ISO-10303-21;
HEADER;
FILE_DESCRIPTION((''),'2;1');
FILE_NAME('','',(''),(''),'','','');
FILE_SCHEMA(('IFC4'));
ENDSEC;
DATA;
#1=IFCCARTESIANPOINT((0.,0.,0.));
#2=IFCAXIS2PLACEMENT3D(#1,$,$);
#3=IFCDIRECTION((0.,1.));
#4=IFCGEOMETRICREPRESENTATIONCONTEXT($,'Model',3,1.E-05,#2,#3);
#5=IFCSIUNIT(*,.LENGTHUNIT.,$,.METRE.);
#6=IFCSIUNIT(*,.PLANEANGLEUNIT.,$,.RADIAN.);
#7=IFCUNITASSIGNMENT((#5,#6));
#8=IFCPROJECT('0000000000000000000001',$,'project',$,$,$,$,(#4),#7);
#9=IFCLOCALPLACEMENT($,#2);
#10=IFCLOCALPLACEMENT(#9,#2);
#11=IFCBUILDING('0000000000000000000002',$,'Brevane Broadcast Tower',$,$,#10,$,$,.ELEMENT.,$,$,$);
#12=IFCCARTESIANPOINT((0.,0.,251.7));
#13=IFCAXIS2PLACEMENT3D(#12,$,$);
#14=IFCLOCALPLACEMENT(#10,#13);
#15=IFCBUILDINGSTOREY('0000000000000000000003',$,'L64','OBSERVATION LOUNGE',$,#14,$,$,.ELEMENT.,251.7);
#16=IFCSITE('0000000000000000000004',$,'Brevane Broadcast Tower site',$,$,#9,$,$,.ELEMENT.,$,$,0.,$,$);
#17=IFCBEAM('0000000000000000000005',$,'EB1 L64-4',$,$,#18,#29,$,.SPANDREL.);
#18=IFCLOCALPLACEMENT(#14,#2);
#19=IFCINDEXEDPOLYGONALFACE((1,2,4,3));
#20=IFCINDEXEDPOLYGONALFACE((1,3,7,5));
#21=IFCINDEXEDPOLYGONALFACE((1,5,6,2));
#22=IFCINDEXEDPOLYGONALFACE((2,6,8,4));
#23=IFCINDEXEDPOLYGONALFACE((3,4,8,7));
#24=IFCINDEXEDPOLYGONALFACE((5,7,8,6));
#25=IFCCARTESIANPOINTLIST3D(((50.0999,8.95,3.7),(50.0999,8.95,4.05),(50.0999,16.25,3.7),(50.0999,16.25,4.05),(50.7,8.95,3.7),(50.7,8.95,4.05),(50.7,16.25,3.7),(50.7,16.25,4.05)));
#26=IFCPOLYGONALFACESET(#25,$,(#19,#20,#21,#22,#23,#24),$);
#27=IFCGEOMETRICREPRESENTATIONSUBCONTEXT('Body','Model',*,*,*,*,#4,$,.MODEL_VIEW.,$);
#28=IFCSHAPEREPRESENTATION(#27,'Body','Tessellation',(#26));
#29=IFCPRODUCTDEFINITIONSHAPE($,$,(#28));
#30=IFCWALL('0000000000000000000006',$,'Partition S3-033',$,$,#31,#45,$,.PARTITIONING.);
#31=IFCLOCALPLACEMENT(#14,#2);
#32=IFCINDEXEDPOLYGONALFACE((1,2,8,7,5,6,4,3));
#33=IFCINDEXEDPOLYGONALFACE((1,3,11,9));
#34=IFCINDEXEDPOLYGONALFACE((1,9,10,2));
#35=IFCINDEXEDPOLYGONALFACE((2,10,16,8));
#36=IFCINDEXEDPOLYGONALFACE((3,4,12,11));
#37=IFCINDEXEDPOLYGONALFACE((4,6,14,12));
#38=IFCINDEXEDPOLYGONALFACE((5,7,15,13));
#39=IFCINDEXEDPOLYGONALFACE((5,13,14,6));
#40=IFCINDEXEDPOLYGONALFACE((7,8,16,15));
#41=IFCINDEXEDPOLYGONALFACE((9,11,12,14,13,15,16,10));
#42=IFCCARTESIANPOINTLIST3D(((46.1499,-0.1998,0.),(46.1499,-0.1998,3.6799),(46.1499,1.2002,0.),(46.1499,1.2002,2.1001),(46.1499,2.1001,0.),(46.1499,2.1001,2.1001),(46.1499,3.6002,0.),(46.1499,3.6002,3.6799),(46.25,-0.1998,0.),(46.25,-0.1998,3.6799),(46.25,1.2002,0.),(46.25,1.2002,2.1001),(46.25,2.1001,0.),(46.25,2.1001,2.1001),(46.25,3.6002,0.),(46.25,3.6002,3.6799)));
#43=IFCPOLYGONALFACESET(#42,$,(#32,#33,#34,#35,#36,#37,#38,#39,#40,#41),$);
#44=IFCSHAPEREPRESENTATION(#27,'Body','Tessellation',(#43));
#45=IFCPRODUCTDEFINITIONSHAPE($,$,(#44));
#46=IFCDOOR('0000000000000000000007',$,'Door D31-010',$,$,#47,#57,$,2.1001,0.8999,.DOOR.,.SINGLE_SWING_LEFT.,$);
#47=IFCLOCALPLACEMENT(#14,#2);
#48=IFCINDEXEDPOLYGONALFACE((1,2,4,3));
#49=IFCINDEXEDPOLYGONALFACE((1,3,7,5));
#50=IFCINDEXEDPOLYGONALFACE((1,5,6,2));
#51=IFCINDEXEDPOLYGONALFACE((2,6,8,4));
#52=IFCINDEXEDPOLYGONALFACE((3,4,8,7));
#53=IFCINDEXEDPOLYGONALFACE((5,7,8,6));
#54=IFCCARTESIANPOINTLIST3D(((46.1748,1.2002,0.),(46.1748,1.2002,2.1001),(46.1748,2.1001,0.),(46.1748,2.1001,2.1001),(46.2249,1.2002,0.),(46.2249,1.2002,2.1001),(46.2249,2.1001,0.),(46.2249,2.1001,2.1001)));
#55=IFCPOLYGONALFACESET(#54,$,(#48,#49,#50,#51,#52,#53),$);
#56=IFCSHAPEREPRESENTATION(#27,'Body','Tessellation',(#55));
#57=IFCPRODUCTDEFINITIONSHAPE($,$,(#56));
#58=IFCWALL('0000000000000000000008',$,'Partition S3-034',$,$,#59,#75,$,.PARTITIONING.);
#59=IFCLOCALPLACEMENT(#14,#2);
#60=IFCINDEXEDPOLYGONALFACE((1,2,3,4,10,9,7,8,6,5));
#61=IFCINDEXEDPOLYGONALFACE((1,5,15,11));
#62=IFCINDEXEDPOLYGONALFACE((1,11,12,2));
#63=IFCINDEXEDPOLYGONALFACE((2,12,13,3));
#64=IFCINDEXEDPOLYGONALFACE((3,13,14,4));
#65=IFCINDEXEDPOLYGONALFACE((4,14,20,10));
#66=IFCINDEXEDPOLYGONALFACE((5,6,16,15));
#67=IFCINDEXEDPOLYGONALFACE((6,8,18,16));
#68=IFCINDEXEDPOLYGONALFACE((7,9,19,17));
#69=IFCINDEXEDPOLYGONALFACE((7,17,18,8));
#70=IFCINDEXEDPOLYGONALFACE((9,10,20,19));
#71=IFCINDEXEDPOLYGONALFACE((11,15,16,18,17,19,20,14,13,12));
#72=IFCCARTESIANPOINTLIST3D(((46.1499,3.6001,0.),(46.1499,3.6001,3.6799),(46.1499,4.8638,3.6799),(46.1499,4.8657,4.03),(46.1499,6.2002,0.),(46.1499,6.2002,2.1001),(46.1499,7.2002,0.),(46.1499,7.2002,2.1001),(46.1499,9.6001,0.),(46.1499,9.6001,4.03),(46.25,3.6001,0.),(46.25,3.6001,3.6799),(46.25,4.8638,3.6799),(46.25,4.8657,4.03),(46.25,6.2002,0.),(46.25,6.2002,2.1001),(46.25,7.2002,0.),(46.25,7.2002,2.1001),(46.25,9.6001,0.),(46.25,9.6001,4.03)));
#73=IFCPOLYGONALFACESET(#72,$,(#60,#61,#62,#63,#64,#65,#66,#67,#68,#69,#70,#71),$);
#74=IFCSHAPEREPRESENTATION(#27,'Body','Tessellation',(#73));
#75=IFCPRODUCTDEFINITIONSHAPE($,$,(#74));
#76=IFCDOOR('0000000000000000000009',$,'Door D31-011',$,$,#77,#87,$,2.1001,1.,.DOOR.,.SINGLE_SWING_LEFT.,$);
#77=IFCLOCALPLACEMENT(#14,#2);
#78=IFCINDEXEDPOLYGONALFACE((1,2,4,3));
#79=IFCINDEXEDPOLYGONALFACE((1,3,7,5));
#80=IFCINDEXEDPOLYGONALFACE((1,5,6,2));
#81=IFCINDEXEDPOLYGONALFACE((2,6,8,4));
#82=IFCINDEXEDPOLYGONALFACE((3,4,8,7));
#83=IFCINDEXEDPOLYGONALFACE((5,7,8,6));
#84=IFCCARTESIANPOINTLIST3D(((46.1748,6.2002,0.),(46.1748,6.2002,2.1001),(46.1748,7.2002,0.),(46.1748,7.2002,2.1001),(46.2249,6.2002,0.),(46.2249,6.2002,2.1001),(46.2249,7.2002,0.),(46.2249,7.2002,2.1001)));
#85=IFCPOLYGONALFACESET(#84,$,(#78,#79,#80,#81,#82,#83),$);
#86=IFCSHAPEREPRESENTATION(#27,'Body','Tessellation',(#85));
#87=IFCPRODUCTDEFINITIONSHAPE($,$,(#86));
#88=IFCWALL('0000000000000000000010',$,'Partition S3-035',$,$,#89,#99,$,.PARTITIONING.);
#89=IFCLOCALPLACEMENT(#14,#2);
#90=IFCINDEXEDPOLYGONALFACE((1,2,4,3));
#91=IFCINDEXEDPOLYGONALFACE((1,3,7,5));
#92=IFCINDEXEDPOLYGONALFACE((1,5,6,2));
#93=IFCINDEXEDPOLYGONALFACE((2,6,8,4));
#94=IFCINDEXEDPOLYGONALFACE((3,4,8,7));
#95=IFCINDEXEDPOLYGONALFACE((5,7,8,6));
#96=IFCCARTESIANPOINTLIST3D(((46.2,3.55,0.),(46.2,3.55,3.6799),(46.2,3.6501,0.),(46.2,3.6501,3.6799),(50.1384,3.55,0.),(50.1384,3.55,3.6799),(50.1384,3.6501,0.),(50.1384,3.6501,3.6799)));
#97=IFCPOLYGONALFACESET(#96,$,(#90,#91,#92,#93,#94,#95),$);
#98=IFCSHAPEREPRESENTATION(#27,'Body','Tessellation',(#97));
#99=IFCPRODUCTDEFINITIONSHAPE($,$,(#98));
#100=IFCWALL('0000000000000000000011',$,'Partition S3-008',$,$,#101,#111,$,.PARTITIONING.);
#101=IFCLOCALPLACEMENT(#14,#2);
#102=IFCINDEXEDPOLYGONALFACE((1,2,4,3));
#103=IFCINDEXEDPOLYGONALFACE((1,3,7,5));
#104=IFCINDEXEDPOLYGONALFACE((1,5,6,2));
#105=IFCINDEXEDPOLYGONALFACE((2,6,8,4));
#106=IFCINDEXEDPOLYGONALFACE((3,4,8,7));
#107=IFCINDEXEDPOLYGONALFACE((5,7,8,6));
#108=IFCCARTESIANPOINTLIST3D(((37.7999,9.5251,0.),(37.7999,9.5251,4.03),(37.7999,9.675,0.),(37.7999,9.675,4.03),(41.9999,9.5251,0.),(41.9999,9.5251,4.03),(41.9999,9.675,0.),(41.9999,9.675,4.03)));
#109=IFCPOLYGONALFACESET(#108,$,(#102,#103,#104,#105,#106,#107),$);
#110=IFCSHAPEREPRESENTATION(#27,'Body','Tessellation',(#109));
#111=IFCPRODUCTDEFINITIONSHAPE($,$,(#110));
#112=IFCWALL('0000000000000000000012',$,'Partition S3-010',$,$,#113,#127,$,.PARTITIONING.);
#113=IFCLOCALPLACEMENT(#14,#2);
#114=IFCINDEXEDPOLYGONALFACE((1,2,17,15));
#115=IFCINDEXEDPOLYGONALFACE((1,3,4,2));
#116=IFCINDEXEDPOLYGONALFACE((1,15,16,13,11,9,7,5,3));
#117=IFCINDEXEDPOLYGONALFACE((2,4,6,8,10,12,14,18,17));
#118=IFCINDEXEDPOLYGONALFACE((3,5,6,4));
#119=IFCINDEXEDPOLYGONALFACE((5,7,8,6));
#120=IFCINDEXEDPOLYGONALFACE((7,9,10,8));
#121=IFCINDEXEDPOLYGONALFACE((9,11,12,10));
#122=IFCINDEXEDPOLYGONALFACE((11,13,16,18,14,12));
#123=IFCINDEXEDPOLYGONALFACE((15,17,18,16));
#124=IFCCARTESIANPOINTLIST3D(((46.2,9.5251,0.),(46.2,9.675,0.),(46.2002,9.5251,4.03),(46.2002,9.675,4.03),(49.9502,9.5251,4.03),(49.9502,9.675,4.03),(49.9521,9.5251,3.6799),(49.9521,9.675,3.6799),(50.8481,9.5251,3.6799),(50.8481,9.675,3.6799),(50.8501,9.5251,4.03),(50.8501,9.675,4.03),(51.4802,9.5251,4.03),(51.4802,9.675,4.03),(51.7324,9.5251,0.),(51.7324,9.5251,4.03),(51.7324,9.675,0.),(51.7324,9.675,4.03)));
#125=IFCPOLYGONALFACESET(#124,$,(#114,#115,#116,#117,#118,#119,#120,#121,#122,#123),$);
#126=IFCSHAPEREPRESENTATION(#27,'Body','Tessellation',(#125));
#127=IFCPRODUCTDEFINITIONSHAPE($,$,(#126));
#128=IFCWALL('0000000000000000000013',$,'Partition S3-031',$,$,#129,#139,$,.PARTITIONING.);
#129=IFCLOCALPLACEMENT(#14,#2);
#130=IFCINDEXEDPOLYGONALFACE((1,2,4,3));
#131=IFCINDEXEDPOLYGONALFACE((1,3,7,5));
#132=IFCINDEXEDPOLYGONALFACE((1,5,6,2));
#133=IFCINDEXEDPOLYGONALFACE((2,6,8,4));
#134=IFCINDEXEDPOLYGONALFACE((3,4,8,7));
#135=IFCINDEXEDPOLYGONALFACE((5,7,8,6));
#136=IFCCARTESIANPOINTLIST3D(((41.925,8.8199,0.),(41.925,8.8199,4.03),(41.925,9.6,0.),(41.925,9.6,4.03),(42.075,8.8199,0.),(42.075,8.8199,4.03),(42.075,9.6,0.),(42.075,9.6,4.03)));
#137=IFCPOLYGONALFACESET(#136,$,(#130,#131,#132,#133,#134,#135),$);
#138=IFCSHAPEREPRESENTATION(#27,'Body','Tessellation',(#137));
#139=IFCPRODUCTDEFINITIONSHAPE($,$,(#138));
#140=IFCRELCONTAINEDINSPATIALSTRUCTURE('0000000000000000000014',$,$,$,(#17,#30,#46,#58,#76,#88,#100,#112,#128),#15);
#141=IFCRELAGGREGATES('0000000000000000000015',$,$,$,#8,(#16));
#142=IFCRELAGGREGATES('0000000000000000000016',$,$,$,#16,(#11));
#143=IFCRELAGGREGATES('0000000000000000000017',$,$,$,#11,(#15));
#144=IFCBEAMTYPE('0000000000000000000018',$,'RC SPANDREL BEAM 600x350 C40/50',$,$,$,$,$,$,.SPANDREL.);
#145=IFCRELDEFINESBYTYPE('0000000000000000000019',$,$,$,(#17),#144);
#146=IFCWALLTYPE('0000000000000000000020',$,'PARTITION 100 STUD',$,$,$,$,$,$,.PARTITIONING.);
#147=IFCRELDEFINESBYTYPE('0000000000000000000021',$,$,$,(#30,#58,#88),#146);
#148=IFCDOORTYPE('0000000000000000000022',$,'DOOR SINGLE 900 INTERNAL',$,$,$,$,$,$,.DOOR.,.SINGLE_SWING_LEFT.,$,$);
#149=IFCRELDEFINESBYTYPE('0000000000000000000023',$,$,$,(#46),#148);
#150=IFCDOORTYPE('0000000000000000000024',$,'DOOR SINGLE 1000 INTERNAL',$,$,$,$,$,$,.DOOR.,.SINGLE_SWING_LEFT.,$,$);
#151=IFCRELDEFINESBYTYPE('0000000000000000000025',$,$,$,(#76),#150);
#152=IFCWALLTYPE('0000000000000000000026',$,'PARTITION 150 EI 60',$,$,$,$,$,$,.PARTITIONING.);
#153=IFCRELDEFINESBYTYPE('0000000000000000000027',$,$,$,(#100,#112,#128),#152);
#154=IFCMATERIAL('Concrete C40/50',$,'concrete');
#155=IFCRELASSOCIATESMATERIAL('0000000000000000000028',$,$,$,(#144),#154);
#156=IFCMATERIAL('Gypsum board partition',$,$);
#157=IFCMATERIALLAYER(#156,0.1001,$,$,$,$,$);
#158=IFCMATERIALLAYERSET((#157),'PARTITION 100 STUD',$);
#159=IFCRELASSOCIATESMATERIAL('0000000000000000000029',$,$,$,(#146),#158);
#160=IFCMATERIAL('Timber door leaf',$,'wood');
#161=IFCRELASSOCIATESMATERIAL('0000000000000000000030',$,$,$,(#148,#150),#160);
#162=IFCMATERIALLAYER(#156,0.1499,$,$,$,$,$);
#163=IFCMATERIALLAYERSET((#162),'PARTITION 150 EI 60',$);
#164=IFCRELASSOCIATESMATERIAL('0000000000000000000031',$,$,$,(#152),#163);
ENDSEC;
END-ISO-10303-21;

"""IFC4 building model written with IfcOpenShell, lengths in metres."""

from ifc_helpers import new_model, si_unit, direction, frame, frame_2d, origin, origin_2d, place, context, subcontext, project, spatial, polyline, rectangle, outline, extrude, material, layer, layer_set, material_profile, profile_set, type_object, element, fill, save


model = new_model("IFC4")

# Units and contexts
model_context = context("Model", 3, precision=1e-05, world=origin(), true_north=direction((0.0, 1.0)))
body_context = subcontext(model_context, "Body", "Model", "MODEL_VIEW")
ifc_project = project(units=[si_unit("LENGTHUNIT", "METRE"), si_unit("PLANEANGLEUNIT", "RADIAN")], contexts=[model_context])

# Site, building, storey
site_placement = place(None, origin())
site = spatial("IfcSite", under=ifc_project, at=site_placement, Name="Brevane Broadcast Tower site", CompositionType="ELEMENT", RefElevation=0.0)
building_placement = place(site_placement, origin())
building = spatial("IfcBuilding", under=site, at=building_placement, Name="Brevane Broadcast Tower", CompositionType="ELEMENT")
storey_placement = place(building_placement, frame((0.0, 0.0, 251.7)))
storey = spatial("IfcBuildingStorey", under=building, at=storey_placement, Name="L64", Description="OBSERVATION LOUNGE", CompositionType="ELEMENT", Elevation=251.7)

# Beam
ifc_material_1 = material(Name="Concrete C40/50", Category="concrete")
ifc_material_profile_1 = material_profile(ifc_material_1, rectangle(XDim=0.6001, YDim=0.3501, at=origin_2d()), Name="RC 600x350")
ifc_profile_set_1 = profile_set([ifc_material_profile_1], Name="Concrete C40/50")
beam_type = type_object("IfcBeamType", Name="RC SPANDREL BEAM 600x350 C40/50", PredefinedType="SPANDREL", material=ifc_profile_set_1)
beam_1_placement = place(storey_placement, frame((50.3999, 8.95, 3.875), z_axis=(0.0, 1.0, 0.0), x_axis=(-1.0, 0.0, 0.0)))
element("IfcBeam", 1, at=beam_1_placement, inside=storey, type_object=beam_type, Name="EB1 L64-4", PredefinedType="SPANDREL", context=body_context, shape_type="SweptSolid", body=[
    extrude(rectangle(XDim=0.6001, YDim=0.3501, at=origin_2d()), origin(), (0.0, 0.0, 1.0), 7.3),
])

# Walls, openings, doors
ifc_material_2 = material(Name="Gypsum board partition")
ifc_layer_1 = layer(ifc_material_2, 0.1001)
ifc_layer_set_1 = layer_set([ifc_layer_1], Name="PARTITION 100 STUD")
wall_type_1 = type_object("IfcWallType", Name="PARTITION 100 STUD", PredefinedType="PARTITIONING", material=ifc_layer_set_1)
wall_1_placement = place(storey_placement, frame((46.2, 3.6001, 0.0), z_axis=(0.0, 0.0, 1.0), x_axis=(0.0, -1.0, 0.0)))
wall_1 = element("IfcWall", 2, at=wall_1_placement, inside=storey, type_object=wall_type_1, Name="Partition S3-033", PredefinedType="PARTITIONING", context=body_context, shape_type="SweptSolid", body=[
    extrude(rectangle(XDim=3.8, YDim=0.1001, at=frame_2d((1.8999, 0.0))), origin(), (0.0, 0.0, 1.0), 3.6799),
])
opening_1_placement = place(wall_1_placement, frame((1.5, 0.0, 0.0)))
opening_1 = element("IfcOpeningElement", 3, at=opening_1_placement, cuts=wall_1, PredefinedType="OPENING", context=body_context, shape_type="SweptSolid", body=[
    extrude(rectangle(XDim=0.8999, YDim=2.1001, at=frame_2d((0.45, 1.05))), frame((0.0, 0.0601, 0.0), z_axis=(0.0, -1.0, 0.0), x_axis=(1.0, 0.0, 0.0)), (0.0, 0.0, 1.0), 0.1201),
])
ifc_material_3 = material(Name="Timber door leaf", Category="wood")
door_type_1 = type_object("IfcDoorType", Name="DOOR SINGLE 900 INTERNAL", OperationType="SINGLE_SWING_LEFT", PredefinedType="DOOR", material=ifc_material_3)
door_1_placement = place(opening_1_placement, origin())
door_1 = element("IfcDoor", 4, at=door_1_placement, inside=storey, type_object=door_type_1, Name="Door D31-010", OperationType="SINGLE_SWING_LEFT", OverallHeight=2.1001, OverallWidth=0.8999, PredefinedType="DOOR", context=body_context, shape_type="SweptSolid", body=[
    extrude(rectangle(XDim=0.8999, YDim=2.1001, at=frame_2d((0.45, 1.05))), frame((0.0, 0.0249, 0.0), z_axis=(0.0, -1.0, 0.0), x_axis=(1.0, 0.0, 0.0)), (0.0, 0.0, 1.0), 0.05),
])
fill(opening_1, door_1)
wall_2_placement = place(storey_placement, frame((46.2, 9.6001, 0.0), z_axis=(0.0, 0.0, 1.0), x_axis=(0.0, -1.0, 0.0)))
wall_2 = element("IfcWall", 5, at=wall_2_placement, inside=storey, type_object=wall_type_1, Name="Partition S3-034", PredefinedType="PARTITIONING", context=body_context, shape_type="SweptSolid", body=[
    extrude(outline(polyline([(0.0, 0.0), (6.0, 0.0), (6.0, 3.6799), (4.7363, 3.6799), (4.7344, 4.03), (0.0, 4.03), (0.0, 0.0)])), frame((0.0, 0.05, 0.0), z_axis=(0.0, -1.0, 0.0), x_axis=(1.0, 0.0, 0.0)), (0.0, 0.0, 1.0), 0.1001),
])
opening_2_placement = place(wall_2_placement, frame((2.3999, 0.0, 0.0)))
opening_2 = element("IfcOpeningElement", 6, at=opening_2_placement, cuts=wall_2, PredefinedType="OPENING", context=body_context, shape_type="SweptSolid", body=[
    extrude(rectangle(XDim=1.0, YDim=2.1001, at=frame_2d((0.5, 1.05))), frame((0.0, 0.0601, 0.0), z_axis=(0.0, -1.0, 0.0), x_axis=(1.0, 0.0, 0.0)), (0.0, 0.0, 1.0), 0.1201),
])
door_type_2 = type_object("IfcDoorType", Name="DOOR SINGLE 1000 INTERNAL", OperationType="SINGLE_SWING_LEFT", PredefinedType="DOOR", material=ifc_material_3)
door_2_placement = place(opening_2_placement, origin())
door_2 = element("IfcDoor", 7, at=door_2_placement, inside=storey, type_object=door_type_2, Name="Door D31-011", OperationType="SINGLE_SWING_LEFT", OverallHeight=2.1001, OverallWidth=1.0, PredefinedType="DOOR", context=body_context, shape_type="SweptSolid", body=[
    extrude(rectangle(XDim=1.0, YDim=2.1001, at=frame_2d((0.5, 1.05))), frame((0.0, 0.0249, 0.0), z_axis=(0.0, -1.0, 0.0), x_axis=(1.0, 0.0, 0.0)), (0.0, 0.0, 1.0), 0.05),
])
fill(opening_2, door_2)

# Walls
wall_3_placement = place(storey_placement, frame((46.2, 3.6001, 0.0), z_axis=(0.0, 0.0, 1.0), x_axis=(1.0, 0.0, 0.0)))
element("IfcWall", 8, at=wall_3_placement, inside=storey, type_object=wall_type_1, Name="Partition S3-035", PredefinedType="PARTITIONING", context=body_context, shape_type="SweptSolid", body=[
    extrude(rectangle(XDim=3.9385, YDim=0.1001, at=frame_2d((1.9692, 0.0))), origin(), (0.0, 0.0, 1.0), 3.6799),
])
ifc_layer_2 = layer(ifc_material_2, 0.1499)
ifc_layer_set_2 = layer_set([ifc_layer_2], Name="PARTITION 150 EI 60")
wall_type_2 = type_object("IfcWallType", Name="PARTITION 150 EI 60", PredefinedType="PARTITIONING", material=ifc_layer_set_2)
wall_4_placement = place(storey_placement, frame((42.0, 9.6001, 0.0), z_axis=(0.0, 0.0, 1.0), x_axis=(-1.0, 0.0, 0.0)))
element("IfcWall", 9, at=wall_4_placement, inside=storey, type_object=wall_type_2, Name="Partition S3-008", PredefinedType="PARTITIONING", context=body_context, shape_type="SweptSolid", body=[
    extrude(rectangle(XDim=4.2, YDim=0.1499, at=frame_2d((2.1001, 0.0))), origin(), (0.0, 0.0, 1.0), 4.03),
])

# Walls
wall_5_placement = place(storey_placement, frame((51.7324, 9.6001, 0.0), z_axis=(0.0, 0.0, 1.0), x_axis=(-1.0, 0.0, 0.0)))
element("IfcWall", 10, at=wall_5_placement, inside=storey, type_object=wall_type_2, Name="Partition S3-010", PredefinedType="PARTITIONING", context=body_context, shape_type="SweptSolid", body=[
    extrude(outline(polyline([(0.0, 0.0), (5.5325, 0.0), (5.5322, 4.03), (1.7822, 4.03), (1.7803, 3.6799), (0.8843, 3.6799), (0.8823, 4.03), (0.2522, 4.03), (0.0, 4.03), (0.0, 0.0)])), frame((0.0, 0.075, 0.0), z_axis=(0.0, -1.0, 0.0), x_axis=(1.0, 0.0, 0.0)), (0.0, 0.0, 1.0), 0.1499),
])
wall_6_placement = place(storey_placement, frame((42.0, 9.6001, 0.0), z_axis=(0.0, 0.0, 1.0), x_axis=(0.0, -1.0, 0.0)))
element("IfcWall", 11, at=wall_6_placement, inside=storey, type_object=wall_type_2, Name="Partition S3-031", PredefinedType="PARTITIONING", context=body_context, shape_type="SweptSolid", body=[
    extrude(rectangle(XDim=0.78, YDim=0.1499, at=frame_2d((0.3901, 0.0))), origin(), (0.0, 0.0, 1.0), 4.03),
])

save(model, "model.ifc")
